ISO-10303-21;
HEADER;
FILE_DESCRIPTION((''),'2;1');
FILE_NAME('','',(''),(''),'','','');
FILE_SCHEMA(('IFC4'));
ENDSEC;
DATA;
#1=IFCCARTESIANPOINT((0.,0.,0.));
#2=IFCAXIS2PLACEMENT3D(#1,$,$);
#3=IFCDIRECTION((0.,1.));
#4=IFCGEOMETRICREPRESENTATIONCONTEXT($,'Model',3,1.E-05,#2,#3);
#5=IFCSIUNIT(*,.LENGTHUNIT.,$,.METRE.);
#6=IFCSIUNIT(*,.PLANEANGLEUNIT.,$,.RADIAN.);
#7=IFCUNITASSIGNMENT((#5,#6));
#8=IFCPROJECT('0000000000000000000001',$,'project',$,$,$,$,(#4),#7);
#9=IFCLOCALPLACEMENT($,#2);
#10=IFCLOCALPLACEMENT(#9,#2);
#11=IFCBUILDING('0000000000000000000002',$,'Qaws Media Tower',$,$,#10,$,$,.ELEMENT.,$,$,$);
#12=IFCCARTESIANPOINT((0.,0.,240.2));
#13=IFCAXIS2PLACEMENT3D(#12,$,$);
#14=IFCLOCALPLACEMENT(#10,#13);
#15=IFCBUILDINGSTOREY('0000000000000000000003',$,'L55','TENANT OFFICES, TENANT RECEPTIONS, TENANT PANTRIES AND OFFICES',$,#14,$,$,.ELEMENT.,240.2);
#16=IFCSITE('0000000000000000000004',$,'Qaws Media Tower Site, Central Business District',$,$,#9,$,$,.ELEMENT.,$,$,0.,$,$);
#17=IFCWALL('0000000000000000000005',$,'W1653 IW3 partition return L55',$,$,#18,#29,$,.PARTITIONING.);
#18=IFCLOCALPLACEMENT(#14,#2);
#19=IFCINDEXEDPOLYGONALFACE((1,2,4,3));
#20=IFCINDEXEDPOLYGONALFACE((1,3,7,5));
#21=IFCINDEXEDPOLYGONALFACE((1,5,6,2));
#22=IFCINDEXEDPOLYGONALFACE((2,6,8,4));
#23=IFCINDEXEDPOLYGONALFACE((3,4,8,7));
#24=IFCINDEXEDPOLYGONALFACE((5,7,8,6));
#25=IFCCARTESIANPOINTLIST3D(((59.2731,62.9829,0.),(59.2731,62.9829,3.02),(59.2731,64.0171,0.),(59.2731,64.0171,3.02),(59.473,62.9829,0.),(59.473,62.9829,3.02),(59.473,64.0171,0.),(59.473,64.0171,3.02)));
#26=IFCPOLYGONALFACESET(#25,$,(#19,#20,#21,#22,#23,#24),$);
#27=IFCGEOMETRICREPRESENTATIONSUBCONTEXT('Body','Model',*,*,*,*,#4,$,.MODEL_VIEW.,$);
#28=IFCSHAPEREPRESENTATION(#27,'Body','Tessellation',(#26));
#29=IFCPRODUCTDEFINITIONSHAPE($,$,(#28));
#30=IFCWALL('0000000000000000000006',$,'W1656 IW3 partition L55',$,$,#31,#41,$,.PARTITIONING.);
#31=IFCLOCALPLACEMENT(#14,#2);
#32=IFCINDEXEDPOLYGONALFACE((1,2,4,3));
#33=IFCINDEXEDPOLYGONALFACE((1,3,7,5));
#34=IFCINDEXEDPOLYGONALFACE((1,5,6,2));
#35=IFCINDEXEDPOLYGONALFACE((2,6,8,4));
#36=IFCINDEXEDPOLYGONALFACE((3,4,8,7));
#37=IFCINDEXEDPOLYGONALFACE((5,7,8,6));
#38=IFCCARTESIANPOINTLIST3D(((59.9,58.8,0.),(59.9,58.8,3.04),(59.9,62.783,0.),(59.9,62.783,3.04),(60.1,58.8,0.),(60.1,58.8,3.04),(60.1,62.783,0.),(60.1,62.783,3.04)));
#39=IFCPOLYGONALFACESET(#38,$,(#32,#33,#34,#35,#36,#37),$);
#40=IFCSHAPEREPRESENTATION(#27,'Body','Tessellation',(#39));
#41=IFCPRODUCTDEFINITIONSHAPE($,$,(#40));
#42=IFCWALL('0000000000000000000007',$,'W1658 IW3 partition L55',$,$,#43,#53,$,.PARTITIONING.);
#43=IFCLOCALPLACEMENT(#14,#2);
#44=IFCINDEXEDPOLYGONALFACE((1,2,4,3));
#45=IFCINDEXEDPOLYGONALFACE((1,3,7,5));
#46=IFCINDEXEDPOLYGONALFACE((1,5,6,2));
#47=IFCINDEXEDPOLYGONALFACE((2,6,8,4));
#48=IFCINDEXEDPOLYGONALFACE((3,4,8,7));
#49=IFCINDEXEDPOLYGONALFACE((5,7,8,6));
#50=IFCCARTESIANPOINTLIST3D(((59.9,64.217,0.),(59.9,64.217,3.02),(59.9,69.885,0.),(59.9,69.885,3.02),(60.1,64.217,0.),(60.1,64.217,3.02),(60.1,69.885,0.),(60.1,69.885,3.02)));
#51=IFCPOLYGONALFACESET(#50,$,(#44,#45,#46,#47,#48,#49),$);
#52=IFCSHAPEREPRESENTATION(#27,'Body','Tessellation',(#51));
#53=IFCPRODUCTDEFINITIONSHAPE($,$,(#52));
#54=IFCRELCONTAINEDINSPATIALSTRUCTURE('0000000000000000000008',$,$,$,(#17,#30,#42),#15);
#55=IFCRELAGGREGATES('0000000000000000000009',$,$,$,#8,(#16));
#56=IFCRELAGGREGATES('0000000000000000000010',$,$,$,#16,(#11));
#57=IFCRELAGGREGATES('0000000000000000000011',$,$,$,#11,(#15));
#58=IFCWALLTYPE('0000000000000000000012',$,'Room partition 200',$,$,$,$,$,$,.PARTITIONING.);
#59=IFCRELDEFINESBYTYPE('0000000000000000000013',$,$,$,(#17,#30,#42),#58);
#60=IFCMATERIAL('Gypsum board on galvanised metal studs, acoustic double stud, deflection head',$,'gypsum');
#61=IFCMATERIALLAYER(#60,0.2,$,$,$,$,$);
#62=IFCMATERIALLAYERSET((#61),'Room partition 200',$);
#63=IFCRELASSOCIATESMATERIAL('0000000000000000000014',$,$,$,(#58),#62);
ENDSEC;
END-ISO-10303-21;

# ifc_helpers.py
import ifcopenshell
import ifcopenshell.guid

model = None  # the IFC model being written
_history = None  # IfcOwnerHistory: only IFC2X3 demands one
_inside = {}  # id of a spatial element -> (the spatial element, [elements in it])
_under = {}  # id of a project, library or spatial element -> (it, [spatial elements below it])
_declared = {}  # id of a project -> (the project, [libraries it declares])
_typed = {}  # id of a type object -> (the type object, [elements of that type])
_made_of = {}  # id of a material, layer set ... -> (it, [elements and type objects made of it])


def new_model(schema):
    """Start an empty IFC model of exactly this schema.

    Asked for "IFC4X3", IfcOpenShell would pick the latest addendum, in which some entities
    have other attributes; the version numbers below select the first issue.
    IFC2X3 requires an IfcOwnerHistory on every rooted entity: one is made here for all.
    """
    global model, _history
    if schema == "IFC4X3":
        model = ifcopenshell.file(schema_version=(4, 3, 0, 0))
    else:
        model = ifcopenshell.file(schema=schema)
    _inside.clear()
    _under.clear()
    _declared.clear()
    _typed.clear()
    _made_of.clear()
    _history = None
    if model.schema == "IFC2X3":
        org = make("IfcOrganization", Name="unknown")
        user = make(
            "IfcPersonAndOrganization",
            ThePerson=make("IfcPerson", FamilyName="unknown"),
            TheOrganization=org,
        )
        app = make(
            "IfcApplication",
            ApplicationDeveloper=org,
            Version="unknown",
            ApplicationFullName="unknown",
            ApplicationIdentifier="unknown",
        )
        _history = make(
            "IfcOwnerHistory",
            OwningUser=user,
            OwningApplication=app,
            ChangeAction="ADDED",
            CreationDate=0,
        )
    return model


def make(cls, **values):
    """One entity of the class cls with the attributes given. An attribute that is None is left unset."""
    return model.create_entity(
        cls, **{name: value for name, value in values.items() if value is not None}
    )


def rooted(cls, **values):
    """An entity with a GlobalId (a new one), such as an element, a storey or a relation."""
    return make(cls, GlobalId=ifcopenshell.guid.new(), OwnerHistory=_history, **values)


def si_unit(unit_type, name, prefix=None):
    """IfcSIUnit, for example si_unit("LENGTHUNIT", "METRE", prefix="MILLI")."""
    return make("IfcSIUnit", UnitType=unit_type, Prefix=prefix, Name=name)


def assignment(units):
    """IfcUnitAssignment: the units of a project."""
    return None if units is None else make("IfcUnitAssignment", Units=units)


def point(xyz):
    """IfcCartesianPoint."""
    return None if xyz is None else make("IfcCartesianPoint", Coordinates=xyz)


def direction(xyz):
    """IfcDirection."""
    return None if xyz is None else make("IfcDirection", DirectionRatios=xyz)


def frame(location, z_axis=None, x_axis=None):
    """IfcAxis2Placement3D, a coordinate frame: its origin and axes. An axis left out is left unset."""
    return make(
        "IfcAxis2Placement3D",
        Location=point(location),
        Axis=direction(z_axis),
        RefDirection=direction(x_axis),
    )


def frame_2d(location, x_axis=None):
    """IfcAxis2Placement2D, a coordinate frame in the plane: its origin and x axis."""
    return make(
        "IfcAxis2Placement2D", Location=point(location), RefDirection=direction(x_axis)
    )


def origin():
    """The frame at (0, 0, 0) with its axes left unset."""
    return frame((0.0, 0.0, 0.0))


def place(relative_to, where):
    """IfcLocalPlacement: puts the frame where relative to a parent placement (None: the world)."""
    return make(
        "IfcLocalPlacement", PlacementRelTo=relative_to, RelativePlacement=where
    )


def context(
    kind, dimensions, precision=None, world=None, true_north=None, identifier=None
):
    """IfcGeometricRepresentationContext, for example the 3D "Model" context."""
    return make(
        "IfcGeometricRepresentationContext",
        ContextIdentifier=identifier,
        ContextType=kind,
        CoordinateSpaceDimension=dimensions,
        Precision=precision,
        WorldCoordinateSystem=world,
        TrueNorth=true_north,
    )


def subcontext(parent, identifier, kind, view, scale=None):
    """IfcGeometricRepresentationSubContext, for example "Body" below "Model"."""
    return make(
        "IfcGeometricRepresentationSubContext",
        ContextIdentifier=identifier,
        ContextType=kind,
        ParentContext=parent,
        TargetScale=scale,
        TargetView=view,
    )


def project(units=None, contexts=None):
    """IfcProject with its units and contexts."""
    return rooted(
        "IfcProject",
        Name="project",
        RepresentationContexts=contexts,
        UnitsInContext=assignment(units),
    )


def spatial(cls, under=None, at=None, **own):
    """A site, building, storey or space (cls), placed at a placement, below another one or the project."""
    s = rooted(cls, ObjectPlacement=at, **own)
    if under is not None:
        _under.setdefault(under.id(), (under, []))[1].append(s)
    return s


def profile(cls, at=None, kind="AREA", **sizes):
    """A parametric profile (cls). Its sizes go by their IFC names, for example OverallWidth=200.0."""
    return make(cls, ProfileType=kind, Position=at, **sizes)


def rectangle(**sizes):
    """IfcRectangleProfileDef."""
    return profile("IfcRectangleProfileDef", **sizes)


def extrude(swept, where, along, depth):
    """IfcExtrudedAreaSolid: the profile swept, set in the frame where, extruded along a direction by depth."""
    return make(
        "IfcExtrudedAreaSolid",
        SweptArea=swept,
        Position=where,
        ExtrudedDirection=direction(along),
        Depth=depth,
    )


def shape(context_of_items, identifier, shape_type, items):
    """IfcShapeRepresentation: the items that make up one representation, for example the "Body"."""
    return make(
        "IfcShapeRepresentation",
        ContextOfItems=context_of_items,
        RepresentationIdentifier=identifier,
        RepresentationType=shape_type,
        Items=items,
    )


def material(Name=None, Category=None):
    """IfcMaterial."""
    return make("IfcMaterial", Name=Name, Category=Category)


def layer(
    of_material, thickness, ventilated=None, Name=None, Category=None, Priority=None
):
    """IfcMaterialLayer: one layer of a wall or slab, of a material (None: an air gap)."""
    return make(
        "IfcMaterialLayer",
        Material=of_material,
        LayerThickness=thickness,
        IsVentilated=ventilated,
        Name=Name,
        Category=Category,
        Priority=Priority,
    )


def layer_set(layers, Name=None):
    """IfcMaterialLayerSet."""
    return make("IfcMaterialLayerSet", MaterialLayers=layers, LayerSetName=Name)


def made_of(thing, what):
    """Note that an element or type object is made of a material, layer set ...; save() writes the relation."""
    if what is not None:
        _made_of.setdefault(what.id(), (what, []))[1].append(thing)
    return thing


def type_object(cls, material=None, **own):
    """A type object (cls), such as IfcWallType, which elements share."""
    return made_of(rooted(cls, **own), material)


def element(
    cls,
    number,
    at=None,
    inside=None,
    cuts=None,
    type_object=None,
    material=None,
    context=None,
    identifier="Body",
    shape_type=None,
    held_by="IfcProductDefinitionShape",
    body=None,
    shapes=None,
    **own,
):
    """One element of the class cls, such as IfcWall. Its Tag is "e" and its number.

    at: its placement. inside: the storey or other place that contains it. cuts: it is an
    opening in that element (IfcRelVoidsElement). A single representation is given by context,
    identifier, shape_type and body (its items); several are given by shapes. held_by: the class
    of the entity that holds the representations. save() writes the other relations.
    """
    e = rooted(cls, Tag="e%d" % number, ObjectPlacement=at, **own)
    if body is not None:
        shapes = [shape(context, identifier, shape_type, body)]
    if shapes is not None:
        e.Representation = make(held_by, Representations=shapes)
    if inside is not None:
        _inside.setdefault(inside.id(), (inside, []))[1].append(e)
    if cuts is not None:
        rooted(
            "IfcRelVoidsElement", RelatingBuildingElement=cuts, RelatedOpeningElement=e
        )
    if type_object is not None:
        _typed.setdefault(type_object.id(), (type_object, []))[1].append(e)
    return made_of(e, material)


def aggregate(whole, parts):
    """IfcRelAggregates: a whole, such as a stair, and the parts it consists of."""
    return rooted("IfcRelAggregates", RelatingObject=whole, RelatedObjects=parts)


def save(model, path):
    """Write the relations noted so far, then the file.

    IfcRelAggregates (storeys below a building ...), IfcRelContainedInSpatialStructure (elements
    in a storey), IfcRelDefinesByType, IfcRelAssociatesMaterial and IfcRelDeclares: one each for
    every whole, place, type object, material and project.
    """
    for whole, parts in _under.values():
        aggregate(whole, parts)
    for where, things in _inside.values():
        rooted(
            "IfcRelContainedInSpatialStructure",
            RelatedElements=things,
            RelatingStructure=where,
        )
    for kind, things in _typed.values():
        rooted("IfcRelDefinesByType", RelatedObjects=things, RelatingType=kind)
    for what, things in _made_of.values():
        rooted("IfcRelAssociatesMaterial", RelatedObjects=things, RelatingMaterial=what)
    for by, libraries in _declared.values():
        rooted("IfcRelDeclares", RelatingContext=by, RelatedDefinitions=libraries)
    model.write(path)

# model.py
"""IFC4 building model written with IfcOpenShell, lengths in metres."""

from ifc_helpers import new_model, si_unit, direction, frame, frame_2d, origin, place, context, subcontext, project, spatial, rectangle, extrude, material, layer, layer_set, type_object, element, save


model = new_model("IFC4")

# Units and contexts
model_context = context("Model", 3, precision=1e-05, world=origin(), true_north=direction((0.0, 1.0)))
body_context = subcontext(model_context, "Body", "Model", "MODEL_VIEW")
ifc_project = project(units=[si_unit("LENGTHUNIT", "METRE"), si_unit("PLANEANGLEUNIT", "RADIAN")], contexts=[model_context])

# Site, building, storey
site_placement = place(None, origin())
site = spatial("IfcSite", under=ifc_project, at=site_placement, Name="Qaws Media Tower Site, Central Business District", CompositionType="ELEMENT", RefElevation=0.0)
building_placement = place(site_placement, origin())
building = spatial("IfcBuilding", under=site, at=building_placement, Name="Qaws Media Tower", CompositionType="ELEMENT")
storey_placement = place(building_placement, frame((0.0, 0.0, 240.2)))
storey = spatial("IfcBuildingStorey", under=building, at=storey_placement, Name="L55", Description="TENANT OFFICES, TENANT RECEPTIONS, TENANT PANTRIES AND OFFICES", CompositionType="ELEMENT", Elevation=240.2)

# Shared definitions
ifc_material_1 = material(Name="Gypsum board on galvanised metal studs, acoustic double stud, deflection head", Category="gypsum")
ifc_layer_1 = layer(ifc_material_1, 0.2)
ifc_layer_set_1 = layer_set([ifc_layer_1], Name="Room partition 200")
wall_type = type_object("IfcWallType", Name="Room partition 200", PredefinedType="PARTITIONING", material=ifc_layer_set_1)

# Walls
wall_1_placement = place(storey_placement, frame((59.373, 62.9829, 0.0), z_axis=(0.0, 0.0, 1.0), x_axis=(0.0, 1.0, 0.0)))
element("IfcWall", 1, at=wall_1_placement, inside=storey, type_object=wall_type, Name="W1653 IW3 partition return L55", PredefinedType="PARTITIONING", context=body_context, shape_type="SweptSolid", body=[
    extrude(rectangle(XDim=1.0342, YDim=0.2, at=frame_2d((0.5171, 0.0))), origin(), (0.0, 0.0, 1.0), 3.02),
])
wall_2_placement = place(storey_placement, frame((60.0, 58.8, 0.0), z_axis=(0.0, 0.0, 1.0), x_axis=(0.0, 1.0, 0.0)))
element("IfcWall", 2, at=wall_2_placement, inside=storey, type_object=wall_type, Name="W1656 IW3 partition L55", PredefinedType="PARTITIONING", context=body_context, shape_type="SweptSolid", body=[
    extrude(rectangle(XDim=3.9829, YDim=0.2, at=frame_2d((1.9915, 0.0))), origin(), (0.0, 0.0, 1.0), 3.04),
])
wall_3_placement = place(storey_placement, frame((60.0, 64.217, 0.0), z_axis=(0.0, 0.0, 1.0), x_axis=(0.0, 1.0, 0.0)))
element("IfcWall", 3, at=wall_3_placement, inside=storey, type_object=wall_type, Name="W1658 IW3 partition L55", PredefinedType="PARTITIONING", context=body_context, shape_type="SweptSolid", body=[
    extrude(rectangle(XDim=5.668, YDim=0.2, at=frame_2d((2.834, 0.0))), origin(), (0.0, 0.0, 1.0), 3.02),
])

save(model, "model.ifc")
